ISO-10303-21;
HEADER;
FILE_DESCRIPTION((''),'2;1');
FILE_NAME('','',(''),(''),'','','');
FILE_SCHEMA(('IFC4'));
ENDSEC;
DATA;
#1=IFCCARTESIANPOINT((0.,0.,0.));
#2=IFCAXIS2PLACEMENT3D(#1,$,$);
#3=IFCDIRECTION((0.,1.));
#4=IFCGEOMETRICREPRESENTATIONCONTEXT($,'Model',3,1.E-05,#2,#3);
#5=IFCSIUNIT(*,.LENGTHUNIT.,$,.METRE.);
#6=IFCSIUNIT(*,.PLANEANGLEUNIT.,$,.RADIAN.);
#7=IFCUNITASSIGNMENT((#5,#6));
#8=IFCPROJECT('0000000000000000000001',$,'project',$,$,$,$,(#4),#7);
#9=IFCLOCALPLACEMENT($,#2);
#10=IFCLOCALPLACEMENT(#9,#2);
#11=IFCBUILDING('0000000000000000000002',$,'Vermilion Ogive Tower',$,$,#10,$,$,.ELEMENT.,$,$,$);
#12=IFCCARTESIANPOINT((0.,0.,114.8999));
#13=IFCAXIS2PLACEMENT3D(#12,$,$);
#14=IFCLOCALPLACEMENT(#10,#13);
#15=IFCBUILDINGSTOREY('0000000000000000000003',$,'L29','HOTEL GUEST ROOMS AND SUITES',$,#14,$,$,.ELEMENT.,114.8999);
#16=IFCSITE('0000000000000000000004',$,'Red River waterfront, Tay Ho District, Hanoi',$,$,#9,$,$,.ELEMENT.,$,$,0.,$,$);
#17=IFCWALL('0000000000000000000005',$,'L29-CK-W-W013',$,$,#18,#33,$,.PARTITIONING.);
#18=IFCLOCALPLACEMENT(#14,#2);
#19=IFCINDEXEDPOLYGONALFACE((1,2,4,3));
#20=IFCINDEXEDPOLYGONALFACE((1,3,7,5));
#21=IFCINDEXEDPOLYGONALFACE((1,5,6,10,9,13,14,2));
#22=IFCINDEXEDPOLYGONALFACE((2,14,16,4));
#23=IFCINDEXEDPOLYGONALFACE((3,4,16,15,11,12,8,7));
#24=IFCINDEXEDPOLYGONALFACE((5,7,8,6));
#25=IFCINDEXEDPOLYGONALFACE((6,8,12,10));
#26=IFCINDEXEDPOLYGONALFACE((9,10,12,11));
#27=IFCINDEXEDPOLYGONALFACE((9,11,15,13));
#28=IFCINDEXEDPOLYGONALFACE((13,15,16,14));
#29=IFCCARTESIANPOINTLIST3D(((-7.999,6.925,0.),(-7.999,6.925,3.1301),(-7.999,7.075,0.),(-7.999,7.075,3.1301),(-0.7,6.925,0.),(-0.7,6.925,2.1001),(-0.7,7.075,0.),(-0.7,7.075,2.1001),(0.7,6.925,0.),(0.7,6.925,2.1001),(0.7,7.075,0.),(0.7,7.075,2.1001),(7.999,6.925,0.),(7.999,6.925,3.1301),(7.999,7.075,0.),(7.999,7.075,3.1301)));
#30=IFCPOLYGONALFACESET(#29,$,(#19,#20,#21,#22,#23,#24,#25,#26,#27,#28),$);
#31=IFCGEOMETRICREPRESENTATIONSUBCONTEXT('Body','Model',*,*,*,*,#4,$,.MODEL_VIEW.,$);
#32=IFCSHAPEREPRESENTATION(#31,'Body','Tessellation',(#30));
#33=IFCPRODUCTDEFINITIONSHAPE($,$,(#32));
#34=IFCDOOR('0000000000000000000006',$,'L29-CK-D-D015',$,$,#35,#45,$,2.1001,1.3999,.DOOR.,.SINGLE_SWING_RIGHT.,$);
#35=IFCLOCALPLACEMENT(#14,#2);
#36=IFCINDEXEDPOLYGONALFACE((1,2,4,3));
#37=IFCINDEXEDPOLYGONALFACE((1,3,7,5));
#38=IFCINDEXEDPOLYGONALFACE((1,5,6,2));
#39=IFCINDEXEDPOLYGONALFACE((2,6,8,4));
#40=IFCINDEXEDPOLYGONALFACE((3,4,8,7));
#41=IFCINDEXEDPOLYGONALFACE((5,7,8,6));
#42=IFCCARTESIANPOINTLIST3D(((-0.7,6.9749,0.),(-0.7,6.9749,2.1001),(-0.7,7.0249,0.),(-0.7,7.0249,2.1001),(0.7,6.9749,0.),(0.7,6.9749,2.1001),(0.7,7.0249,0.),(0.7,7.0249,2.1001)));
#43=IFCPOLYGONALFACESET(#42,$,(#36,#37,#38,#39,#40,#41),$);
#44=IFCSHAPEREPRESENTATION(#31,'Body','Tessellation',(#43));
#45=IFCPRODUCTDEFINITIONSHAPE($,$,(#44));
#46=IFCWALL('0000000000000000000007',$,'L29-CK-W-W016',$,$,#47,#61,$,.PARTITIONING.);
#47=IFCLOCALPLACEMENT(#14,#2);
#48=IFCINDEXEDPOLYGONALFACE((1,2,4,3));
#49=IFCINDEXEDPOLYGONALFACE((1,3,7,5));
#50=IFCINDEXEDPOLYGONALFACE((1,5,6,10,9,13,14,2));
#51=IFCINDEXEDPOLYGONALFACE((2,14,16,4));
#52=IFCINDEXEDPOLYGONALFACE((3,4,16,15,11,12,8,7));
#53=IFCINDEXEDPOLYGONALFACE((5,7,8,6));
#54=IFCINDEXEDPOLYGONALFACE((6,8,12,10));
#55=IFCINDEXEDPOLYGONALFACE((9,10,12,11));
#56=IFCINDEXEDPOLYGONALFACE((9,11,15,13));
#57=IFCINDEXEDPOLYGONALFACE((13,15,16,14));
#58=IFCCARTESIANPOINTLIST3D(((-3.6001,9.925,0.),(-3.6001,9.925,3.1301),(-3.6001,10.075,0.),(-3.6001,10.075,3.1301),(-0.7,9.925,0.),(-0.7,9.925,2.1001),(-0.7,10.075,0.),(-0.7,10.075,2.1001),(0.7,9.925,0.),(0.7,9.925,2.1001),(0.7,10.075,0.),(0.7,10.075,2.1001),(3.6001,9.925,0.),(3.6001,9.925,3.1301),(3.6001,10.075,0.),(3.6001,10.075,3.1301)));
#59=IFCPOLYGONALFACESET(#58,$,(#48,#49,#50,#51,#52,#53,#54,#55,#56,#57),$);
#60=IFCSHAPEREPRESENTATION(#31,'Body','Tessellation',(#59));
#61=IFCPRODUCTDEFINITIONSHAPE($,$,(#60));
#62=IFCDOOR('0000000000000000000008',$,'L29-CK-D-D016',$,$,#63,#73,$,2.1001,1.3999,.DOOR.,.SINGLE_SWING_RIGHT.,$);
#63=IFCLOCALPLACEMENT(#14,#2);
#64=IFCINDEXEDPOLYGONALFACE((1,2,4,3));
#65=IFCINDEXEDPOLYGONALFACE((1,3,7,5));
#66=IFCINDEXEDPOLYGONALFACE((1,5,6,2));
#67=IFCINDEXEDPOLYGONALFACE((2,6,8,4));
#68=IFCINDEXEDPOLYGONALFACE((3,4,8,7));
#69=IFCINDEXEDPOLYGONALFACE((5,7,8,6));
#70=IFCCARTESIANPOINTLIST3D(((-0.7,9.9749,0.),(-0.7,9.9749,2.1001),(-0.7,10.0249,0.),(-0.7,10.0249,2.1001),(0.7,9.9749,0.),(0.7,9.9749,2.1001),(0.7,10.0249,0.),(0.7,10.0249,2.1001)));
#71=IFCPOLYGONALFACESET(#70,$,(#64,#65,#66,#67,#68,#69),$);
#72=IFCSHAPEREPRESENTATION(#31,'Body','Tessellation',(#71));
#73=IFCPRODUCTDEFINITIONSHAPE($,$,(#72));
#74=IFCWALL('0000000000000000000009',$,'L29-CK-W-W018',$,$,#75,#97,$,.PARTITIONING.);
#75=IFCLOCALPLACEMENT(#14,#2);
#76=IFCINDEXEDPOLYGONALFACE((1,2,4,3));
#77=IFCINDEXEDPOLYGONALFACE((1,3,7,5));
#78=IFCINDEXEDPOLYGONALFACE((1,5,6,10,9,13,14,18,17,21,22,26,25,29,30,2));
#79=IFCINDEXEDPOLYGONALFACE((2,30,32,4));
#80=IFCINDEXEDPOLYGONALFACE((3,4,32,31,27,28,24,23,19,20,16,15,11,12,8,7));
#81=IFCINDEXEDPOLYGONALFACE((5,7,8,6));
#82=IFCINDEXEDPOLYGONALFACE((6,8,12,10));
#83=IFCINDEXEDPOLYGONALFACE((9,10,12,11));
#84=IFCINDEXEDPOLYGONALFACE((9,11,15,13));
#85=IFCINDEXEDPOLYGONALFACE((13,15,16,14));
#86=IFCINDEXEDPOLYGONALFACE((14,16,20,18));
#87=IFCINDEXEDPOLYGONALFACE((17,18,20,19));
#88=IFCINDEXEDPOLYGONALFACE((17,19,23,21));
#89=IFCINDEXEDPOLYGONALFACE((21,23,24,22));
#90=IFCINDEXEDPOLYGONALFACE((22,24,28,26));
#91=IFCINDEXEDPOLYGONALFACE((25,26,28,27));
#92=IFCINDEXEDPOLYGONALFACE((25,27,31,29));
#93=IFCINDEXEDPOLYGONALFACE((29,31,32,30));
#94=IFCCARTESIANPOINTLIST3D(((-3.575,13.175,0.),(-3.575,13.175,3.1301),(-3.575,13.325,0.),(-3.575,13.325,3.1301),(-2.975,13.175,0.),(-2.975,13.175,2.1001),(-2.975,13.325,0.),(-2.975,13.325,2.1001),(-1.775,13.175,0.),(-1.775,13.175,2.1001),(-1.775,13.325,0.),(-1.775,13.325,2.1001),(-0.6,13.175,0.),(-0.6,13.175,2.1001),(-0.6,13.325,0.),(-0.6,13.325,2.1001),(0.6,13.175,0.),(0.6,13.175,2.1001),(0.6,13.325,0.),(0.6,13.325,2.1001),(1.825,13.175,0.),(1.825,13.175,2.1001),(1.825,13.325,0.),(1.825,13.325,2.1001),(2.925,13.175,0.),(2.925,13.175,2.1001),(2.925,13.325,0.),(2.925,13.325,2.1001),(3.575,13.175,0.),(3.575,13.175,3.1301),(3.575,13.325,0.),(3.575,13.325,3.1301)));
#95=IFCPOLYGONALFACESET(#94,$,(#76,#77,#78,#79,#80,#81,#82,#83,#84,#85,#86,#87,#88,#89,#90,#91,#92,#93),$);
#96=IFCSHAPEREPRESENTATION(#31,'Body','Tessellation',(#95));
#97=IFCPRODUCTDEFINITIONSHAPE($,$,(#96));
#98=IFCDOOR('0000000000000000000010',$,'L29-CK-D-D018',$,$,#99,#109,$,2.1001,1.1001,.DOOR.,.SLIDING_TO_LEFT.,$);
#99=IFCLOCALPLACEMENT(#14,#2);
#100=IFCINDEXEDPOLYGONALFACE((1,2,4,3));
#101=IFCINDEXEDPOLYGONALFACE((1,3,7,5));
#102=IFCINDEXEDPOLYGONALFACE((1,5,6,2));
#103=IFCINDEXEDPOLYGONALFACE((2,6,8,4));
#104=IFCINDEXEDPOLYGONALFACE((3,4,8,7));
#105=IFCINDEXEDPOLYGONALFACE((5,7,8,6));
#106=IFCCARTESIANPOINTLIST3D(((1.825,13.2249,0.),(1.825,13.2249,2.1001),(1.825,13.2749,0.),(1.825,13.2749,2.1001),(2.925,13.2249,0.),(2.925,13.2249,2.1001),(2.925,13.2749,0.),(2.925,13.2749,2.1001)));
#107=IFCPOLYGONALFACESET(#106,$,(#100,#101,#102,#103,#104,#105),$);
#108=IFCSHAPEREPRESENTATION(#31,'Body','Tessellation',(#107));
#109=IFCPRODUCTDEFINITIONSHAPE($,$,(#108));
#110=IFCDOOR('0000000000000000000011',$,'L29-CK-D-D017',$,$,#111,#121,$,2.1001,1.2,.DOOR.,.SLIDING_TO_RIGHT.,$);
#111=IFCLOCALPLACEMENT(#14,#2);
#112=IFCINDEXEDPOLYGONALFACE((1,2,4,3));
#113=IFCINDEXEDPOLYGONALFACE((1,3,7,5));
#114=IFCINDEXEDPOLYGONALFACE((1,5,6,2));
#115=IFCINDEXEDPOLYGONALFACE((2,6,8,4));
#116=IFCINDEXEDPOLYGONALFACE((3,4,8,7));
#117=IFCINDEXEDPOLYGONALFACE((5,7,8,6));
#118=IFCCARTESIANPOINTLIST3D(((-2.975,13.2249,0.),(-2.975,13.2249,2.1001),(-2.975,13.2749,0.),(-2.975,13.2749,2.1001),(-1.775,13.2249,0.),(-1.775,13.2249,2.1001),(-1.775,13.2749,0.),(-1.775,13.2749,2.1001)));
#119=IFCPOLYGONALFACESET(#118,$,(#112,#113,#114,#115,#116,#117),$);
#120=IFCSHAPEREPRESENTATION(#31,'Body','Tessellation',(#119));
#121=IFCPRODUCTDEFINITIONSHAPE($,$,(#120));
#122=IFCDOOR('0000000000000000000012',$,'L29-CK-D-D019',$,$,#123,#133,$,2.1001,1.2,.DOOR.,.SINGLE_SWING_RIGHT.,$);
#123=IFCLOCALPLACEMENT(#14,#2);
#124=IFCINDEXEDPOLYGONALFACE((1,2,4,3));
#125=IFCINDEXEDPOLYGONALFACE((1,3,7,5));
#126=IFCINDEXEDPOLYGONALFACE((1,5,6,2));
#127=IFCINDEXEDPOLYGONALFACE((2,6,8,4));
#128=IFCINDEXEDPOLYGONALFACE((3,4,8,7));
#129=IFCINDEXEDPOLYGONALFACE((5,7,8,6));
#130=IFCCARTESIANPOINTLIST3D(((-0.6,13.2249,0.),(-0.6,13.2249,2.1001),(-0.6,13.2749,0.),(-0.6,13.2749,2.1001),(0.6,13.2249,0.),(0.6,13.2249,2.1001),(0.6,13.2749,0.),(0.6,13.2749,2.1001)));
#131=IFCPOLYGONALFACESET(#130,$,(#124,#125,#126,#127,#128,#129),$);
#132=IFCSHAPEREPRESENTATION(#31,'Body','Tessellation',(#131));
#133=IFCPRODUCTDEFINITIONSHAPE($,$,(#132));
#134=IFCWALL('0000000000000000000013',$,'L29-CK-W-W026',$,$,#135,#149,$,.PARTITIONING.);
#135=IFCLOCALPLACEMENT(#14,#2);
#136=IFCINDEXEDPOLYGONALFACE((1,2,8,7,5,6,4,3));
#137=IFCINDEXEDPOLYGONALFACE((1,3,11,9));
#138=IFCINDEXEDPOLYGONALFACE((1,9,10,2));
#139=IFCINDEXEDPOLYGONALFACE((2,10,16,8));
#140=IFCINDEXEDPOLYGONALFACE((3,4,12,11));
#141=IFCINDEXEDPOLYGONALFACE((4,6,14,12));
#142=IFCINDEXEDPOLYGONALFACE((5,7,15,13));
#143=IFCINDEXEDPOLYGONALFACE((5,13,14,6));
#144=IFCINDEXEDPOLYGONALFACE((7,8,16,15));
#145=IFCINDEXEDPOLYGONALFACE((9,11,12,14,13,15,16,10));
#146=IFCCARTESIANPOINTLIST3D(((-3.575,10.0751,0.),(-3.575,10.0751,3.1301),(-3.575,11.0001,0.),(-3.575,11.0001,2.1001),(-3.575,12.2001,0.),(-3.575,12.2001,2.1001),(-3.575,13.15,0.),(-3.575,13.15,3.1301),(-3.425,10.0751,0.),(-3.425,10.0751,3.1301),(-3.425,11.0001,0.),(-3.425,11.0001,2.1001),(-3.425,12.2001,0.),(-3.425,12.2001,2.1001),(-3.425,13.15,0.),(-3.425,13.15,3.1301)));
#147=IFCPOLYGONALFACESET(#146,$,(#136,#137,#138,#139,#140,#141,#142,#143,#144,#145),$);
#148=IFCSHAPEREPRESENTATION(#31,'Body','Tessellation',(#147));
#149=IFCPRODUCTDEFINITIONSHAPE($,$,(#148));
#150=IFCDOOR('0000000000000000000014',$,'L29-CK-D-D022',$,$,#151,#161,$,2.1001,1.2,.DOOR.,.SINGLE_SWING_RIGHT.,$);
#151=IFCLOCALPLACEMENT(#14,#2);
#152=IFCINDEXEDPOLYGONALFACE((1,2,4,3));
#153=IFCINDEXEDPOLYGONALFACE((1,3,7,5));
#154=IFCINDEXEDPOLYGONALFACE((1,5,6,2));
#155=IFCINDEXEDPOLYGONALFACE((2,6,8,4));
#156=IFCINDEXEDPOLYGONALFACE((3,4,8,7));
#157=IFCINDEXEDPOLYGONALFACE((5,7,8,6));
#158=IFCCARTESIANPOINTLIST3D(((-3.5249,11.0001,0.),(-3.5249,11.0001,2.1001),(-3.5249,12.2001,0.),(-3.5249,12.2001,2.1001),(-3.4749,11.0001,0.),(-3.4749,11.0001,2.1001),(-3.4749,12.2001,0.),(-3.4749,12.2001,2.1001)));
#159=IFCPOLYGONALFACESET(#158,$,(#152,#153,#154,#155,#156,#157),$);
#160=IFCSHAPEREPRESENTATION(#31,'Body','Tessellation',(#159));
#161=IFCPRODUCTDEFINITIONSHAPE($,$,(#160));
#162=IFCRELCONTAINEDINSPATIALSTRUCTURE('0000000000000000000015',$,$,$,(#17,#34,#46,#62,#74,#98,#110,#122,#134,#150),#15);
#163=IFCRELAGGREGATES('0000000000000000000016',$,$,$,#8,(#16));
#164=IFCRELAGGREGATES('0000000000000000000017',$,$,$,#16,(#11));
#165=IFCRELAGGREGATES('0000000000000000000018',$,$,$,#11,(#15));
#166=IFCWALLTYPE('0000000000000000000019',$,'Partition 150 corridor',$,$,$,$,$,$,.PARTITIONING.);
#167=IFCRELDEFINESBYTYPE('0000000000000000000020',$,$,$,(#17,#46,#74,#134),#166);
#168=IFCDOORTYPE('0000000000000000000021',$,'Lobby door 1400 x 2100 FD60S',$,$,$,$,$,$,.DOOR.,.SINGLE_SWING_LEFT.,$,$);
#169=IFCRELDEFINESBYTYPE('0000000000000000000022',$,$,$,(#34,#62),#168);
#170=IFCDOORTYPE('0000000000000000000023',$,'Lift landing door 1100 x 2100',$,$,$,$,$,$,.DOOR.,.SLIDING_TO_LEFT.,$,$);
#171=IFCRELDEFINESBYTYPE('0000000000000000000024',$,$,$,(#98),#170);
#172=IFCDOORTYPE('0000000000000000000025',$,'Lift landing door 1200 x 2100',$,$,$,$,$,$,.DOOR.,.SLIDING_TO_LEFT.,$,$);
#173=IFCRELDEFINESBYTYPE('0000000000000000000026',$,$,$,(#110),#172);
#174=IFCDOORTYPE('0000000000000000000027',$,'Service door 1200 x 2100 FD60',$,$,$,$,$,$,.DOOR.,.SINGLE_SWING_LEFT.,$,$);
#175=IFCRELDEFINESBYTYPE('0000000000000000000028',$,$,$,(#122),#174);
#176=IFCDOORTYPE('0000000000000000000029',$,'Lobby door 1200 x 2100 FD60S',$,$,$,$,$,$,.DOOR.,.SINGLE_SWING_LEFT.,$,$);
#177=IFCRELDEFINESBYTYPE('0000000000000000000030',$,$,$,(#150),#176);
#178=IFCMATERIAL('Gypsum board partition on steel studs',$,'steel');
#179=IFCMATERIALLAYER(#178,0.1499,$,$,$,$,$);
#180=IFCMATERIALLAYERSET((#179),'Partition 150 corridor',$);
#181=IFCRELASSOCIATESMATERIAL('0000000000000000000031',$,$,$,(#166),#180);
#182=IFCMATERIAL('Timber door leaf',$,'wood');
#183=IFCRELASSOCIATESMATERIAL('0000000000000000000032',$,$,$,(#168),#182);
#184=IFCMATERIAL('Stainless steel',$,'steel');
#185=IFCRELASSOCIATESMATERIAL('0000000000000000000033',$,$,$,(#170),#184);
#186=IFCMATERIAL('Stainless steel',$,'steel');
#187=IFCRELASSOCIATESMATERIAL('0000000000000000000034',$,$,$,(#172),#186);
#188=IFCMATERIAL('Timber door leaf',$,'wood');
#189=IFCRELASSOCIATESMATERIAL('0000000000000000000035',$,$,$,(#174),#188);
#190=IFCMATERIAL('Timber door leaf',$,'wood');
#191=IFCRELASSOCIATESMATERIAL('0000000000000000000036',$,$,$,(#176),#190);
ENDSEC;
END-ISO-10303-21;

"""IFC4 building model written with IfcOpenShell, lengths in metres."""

from ifc_helpers import new_model, si_unit, direction, frame, frame_2d, origin, place, context, subcontext, project, spatial, rectangle, extrude, material, layer, layer_set, type_object, element, fill, save


model = new_model("IFC4")

# Units and contexts
model_context = context("Model", 3, precision=1e-05, world=origin(), true_north=direction((0.0, 1.0)))
body_context = subcontext(model_context, "Body", "Model", "MODEL_VIEW")
ifc_project = project(units=[si_unit("LENGTHUNIT", "METRE"), si_unit("PLANEANGLEUNIT", "RADIAN")], contexts=[model_context])

# Site, building, storey
site_placement = place(None, origin())
site = spatial("IfcSite", under=ifc_project, at=site_placement, Name="Red River waterfront, Tay Ho District, Hanoi", CompositionType="ELEMENT", RefElevation=0.0)
building_placement = place(site_placement, origin())
building = spatial("IfcBuilding", under=site, at=building_placement, Name="Vermilion Ogive Tower", CompositionType="ELEMENT")
storey_placement = place(building_placement, frame((0.0, 0.0, 114.8999)))
storey = spatial("IfcBuildingStorey", under=building, at=storey_placement, Name="L29", Description="HOTEL GUEST ROOMS AND SUITES", CompositionType="ELEMENT", Elevation=114.8999)

# Walls, openings, doors
ifc_material_1 = material(Name="Gypsum board partition on steel studs", Category="steel")
ifc_layer_1 = layer(ifc_material_1, 0.1499)
ifc_layer_set_1 = layer_set([ifc_layer_1], Name="Partition 150 corridor")
wall_type_1 = type_object("IfcWallType", Name="Partition 150 corridor", PredefinedType="PARTITIONING", material=ifc_layer_set_1)
wall_1_placement = place(storey_placement, frame((-7.999, 7.0, 0.0), z_axis=(0.0, 0.0, 1.0), x_axis=(1.0, 0.0, 0.0)))
wall_1 = element("IfcWall", 1, at=wall_1_placement, inside=storey, type_object=wall_type_1, Name="L29-CK-W-W013", PredefinedType="PARTITIONING", context=body_context, shape_type="SweptSolid", body=[
    extrude(rectangle(XDim=15.998, YDim=0.1499, at=frame_2d((7.999, 0.0))), origin(), (0.0, 0.0, 1.0), 3.1301),
])
opening_1_placement = place(wall_1_placement, frame((7.2991, 0.0, 0.0)))
opening_1 = element("IfcOpeningElement", 2, at=opening_1_placement, cuts=wall_1, PredefinedType="OPENING", context=body_context, shape_type="SweptSolid", body=[
    extrude(rectangle(XDim=1.3999, YDim=2.1001, at=frame_2d((0.7, 1.05))), frame((0.0, 0.085, 0.0), z_axis=(0.0, -1.0, 0.0), x_axis=(1.0, 0.0, 0.0)), (0.0, 0.0, 1.0), 0.1699),
])
ifc_material_2 = material(Name="Timber door leaf", Category="wood")
door_type_1 = type_object("IfcDoorType", Name="Lobby door 1400 x 2100 FD60S", OperationType="SINGLE_SWING_LEFT", PredefinedType="DOOR", material=ifc_material_2)
door_1_placement = place(opening_1_placement, origin())
door_1 = element("IfcDoor", 3, at=door_1_placement, inside=storey, type_object=door_type_1, Name="L29-CK-D-D015", OperationType="SINGLE_SWING_RIGHT", OverallHeight=2.1001, OverallWidth=1.3999, PredefinedType="DOOR", context=body_context, shape_type="SweptSolid", body=[
    extrude(rectangle(XDim=1.3999, YDim=2.1001, at=frame_2d((0.7, 1.05))), frame((0.0, 0.0249, 0.0), z_axis=(0.0, -1.0, 0.0), x_axis=(1.0, 0.0, 0.0)), (0.0, 0.0, 1.0), 0.05),
])
fill(opening_1, door_1)
wall_2_placement = place(storey_placement, frame((-3.6001, 10.0, 0.0), z_axis=(0.0, 0.0, 1.0), x_axis=(1.0, 0.0, 0.0)))
wall_2 = element("IfcWall", 4, at=wall_2_placement, inside=storey, type_object=wall_type_1, Name="L29-CK-W-W016", PredefinedType="PARTITIONING", context=body_context, shape_type="SweptSolid", body=[
    extrude(rectangle(XDim=7.2002, YDim=0.1499, at=frame_2d((3.6001, 0.0))), origin(), (0.0, 0.0, 1.0), 3.1301),
])
opening_2_placement = place(wall_2_placement, frame((2.9001, 0.0, 0.0)))
opening_2 = element("IfcOpeningElement", 5, at=opening_2_placement, cuts=wall_2, PredefinedType="OPENING", context=body_context, shape_type="SweptSolid", body=[
    extrude(rectangle(XDim=1.3999, YDim=2.1001, at=frame_2d((0.7, 1.05))), frame((0.0, 0.085, 0.0), z_axis=(0.0, -1.0, 0.0), x_axis=(1.0, 0.0, 0.0)), (0.0, 0.0, 1.0), 0.1699),
])
door_2_placement = place(opening_2_placement, origin())
door_2 = element("IfcDoor", 6, at=door_2_placement, inside=storey, type_object=door_type_1, Name="L29-CK-D-D016", OperationType="SINGLE_SWING_RIGHT", OverallHeight=2.1001, OverallWidth=1.3999, PredefinedType="DOOR", context=body_context, shape_type="SweptSolid", body=[
    extrude(rectangle(XDim=1.3999, YDim=2.1001, at=frame_2d((0.7, 1.05))), frame((0.0, 0.0249, 0.0), z_axis=(0.0, -1.0, 0.0), x_axis=(1.0, 0.0, 0.0)), (0.0, 0.0, 1.0), 0.05),
])
fill(opening_2, door_2)

# Wall, openings, doors
wall_3_placement = place(storey_placement, frame((-3.575, 13.25, 0.0), z_axis=(0.0, 0.0, 1.0), x_axis=(1.0, 0.0, 0.0)))
wall_3 = element("IfcWall", 7, at=wall_3_placement, inside=storey, type_object=wall_type_1, Name="L29-CK-W-W018", PredefinedType="PARTITIONING", context=body_context, shape_type="SweptSolid", body=[
    extrude(rectangle(XDim=7.1499, YDim=0.1499, at=frame_2d((3.575, 0.0))), origin(), (0.0, 0.0, 1.0), 3.1301),
])
opening_3_placement = place(wall_3_placement, frame((0.5999, 0.0, 0.0)))
opening_3 = element("IfcOpeningElement", 8, at=opening_3_placement, cuts=wall_3, PredefinedType="OPENING", context=body_context, shape_type="SweptSolid", body=[
    extrude(rectangle(XDim=1.2, YDim=2.1001, at=frame_2d((0.6001, 1.05))), frame((0.0, 0.085, 0.0), z_axis=(0.0, -1.0, 0.0), x_axis=(1.0, 0.0, 0.0)), (0.0, 0.0, 1.0), 0.1699),
])
opening_4_placement = place(wall_3_placement, frame((5.3999, 0.0, 0.0)))
opening_4 = element("IfcOpeningElement", 9, at=opening_4_placement, cuts=wall_3, PredefinedType="OPENING", context=body_context, shape_type="SweptSolid", body=[
    extrude(rectangle(XDim=1.1001, YDim=2.1001, at=frame_2d((0.55, 1.05))), frame((0.0, 0.085, 0.0), z_axis=(0.0, -1.0, 0.0), x_axis=(1.0, 0.0, 0.0)), (0.0, 0.0, 1.0), 0.1699),
])
opening_5_placement = place(wall_3_placement, frame((2.9749, 0.0, 0.0)))
opening_5 = element("IfcOpeningElement", 10, at=opening_5_placement, cuts=wall_3, PredefinedType="OPENING", context=body_context, shape_type="SweptSolid", body=[
    extrude(rectangle(XDim=1.2, YDim=2.1001, at=frame_2d((0.6001, 1.05))), frame((0.0, 0.085, 0.0), z_axis=(0.0, -1.0, 0.0), x_axis=(1.0, 0.0, 0.0)), (0.0, 0.0, 1.0), 0.1699),
])
ifc_material_3 = material(Name="Stainless steel", Category="steel")
door_type_2 = type_object("IfcDoorType", Name="Lift landing door 1100 x 2100", OperationType="SLIDING_TO_LEFT", PredefinedType="DOOR", material=ifc_material_3)
door_3_placement = place(opening_4_placement, origin())
door_3 = element("IfcDoor", 11, at=door_3_placement, inside=storey, type_object=door_type_2, Name="L29-CK-D-D018", OperationType="SLIDING_TO_LEFT", OverallHeight=2.1001, OverallWidth=1.1001, PredefinedType="DOOR", context=body_context, shape_type="SweptSolid", body=[
    extrude(rectangle(XDim=1.1001, YDim=2.1001, at=frame_2d((0.55, 1.05))), frame((0.0, 0.0249, 0.0), z_axis=(0.0, -1.0, 0.0), x_axis=(1.0, 0.0, 0.0)), (0.0, 0.0, 1.0), 0.05),
])
fill(opening_4, door_3)
ifc_material_4 = material(Name="Stainless steel", Category="steel")
door_type_3 = type_object("IfcDoorType", Name="Lift landing door 1200 x 2100", OperationType="SLIDING_TO_LEFT", PredefinedType="DOOR", material=ifc_material_4)
door_4_placement = place(opening_3_placement, origin())
door_4 = element("IfcDoor", 12, at=door_4_placement, inside=storey, type_object=door_type_3, Name="L29-CK-D-D017", OperationType="SLIDING_TO_RIGHT", OverallHeight=2.1001, OverallWidth=1.2, PredefinedType="DOOR", context=body_context, shape_type="SweptSolid", body=[
    extrude(rectangle(XDim=1.2, YDim=2.1001, at=frame_2d((0.6001, 1.05))), frame((0.0, 0.0249, 0.0), z_axis=(0.0, -1.0, 0.0), x_axis=(1.0, 0.0, 0.0)), (0.0, 0.0, 1.0), 0.05),
])
fill(opening_3, door_4)
ifc_material_5 = material(Name="Timber door leaf", Category="wood")
door_type_4 = type_object("IfcDoorType", Name="Service door 1200 x 2100 FD60", OperationType="SINGLE_SWING_LEFT", PredefinedType="DOOR", material=ifc_material_5)
door_5_placement = place(opening_5_placement, origin())
door_5 = element("IfcDoor", 13, at=door_5_placement, inside=storey, type_object=door_type_4, Name="L29-CK-D-D019", OperationType="SINGLE_SWING_RIGHT", OverallHeight=2.1001, OverallWidth=1.2, PredefinedType="DOOR", context=body_context, shape_type="SweptSolid", body=[
    extrude(rectangle(XDim=1.2, YDim=2.1001, at=frame_2d((0.6001, 1.05))), frame((0.0, 0.0249, 0.0), z_axis=(0.0, -1.0, 0.0), x_axis=(1.0, 0.0, 0.0)), (0.0, 0.0, 1.0), 0.05),
])
fill(opening_5, door_5)

# Wall, opening, door
wall_4_placement = place(storey_placement, frame((-3.5, 10.075, 0.0), z_axis=(0.0, 0.0, 1.0), x_axis=(0.0, 1.0, 0.0)))
wall_4 = element("IfcWall", 14, at=wall_4_placement, inside=storey, type_object=wall_type_1, Name="L29-CK-W-W026", PredefinedType="PARTITIONING", context=body_context, shape_type="SweptSolid", body=[
    extrude(rectangle(XDim=3.075, YDim=0.1499, at=frame_2d((1.5376, 0.0))), origin(), (0.0, 0.0, 1.0), 3.1301),
])
opening_6_placement = place(wall_4_placement, frame((0.925, 0.0, 0.0)))
opening_6 = element("IfcOpeningElement", 15, at=opening_6_placement, cuts=wall_4, PredefinedType="OPENING", context=body_context, shape_type="SweptSolid", body=[
    extrude(rectangle(XDim=1.2, YDim=2.1001, at=frame_2d((0.6001, 1.05))), frame((0.0, 0.085, 0.0), z_axis=(0.0, -1.0, 0.0), x_axis=(1.0, 0.0, 0.0)), (0.0, 0.0, 1.0), 0.1699),
])
ifc_material_6 = material(Name="Timber door leaf", Category="wood")
door_type_5 = type_object("IfcDoorType", Name="Lobby door 1200 x 2100 FD60S", OperationType="SINGLE_SWING_LEFT", PredefinedType="DOOR", material=ifc_material_6)
door_6_placement = place(opening_6_placement, origin())
door_6 = element("IfcDoor", 16, at=door_6_placement, inside=storey, type_object=door_type_5, Name="L29-CK-D-D022", OperationType="SINGLE_SWING_RIGHT", OverallHeight=2.1001, OverallWidth=1.2, PredefinedType="DOOR", context=body_context, shape_type="SweptSolid", body=[
    extrude(rectangle(XDim=1.2, YDim=2.1001, at=frame_2d((0.6001, 1.05))), frame((0.0, 0.0249, 0.0), z_axis=(0.0, -1.0, 0.0), x_axis=(1.0, 0.0, 0.0)), (0.0, 0.0, 1.0), 0.05),
])
fill(opening_6, door_6)

save(model, "model.ifc")
